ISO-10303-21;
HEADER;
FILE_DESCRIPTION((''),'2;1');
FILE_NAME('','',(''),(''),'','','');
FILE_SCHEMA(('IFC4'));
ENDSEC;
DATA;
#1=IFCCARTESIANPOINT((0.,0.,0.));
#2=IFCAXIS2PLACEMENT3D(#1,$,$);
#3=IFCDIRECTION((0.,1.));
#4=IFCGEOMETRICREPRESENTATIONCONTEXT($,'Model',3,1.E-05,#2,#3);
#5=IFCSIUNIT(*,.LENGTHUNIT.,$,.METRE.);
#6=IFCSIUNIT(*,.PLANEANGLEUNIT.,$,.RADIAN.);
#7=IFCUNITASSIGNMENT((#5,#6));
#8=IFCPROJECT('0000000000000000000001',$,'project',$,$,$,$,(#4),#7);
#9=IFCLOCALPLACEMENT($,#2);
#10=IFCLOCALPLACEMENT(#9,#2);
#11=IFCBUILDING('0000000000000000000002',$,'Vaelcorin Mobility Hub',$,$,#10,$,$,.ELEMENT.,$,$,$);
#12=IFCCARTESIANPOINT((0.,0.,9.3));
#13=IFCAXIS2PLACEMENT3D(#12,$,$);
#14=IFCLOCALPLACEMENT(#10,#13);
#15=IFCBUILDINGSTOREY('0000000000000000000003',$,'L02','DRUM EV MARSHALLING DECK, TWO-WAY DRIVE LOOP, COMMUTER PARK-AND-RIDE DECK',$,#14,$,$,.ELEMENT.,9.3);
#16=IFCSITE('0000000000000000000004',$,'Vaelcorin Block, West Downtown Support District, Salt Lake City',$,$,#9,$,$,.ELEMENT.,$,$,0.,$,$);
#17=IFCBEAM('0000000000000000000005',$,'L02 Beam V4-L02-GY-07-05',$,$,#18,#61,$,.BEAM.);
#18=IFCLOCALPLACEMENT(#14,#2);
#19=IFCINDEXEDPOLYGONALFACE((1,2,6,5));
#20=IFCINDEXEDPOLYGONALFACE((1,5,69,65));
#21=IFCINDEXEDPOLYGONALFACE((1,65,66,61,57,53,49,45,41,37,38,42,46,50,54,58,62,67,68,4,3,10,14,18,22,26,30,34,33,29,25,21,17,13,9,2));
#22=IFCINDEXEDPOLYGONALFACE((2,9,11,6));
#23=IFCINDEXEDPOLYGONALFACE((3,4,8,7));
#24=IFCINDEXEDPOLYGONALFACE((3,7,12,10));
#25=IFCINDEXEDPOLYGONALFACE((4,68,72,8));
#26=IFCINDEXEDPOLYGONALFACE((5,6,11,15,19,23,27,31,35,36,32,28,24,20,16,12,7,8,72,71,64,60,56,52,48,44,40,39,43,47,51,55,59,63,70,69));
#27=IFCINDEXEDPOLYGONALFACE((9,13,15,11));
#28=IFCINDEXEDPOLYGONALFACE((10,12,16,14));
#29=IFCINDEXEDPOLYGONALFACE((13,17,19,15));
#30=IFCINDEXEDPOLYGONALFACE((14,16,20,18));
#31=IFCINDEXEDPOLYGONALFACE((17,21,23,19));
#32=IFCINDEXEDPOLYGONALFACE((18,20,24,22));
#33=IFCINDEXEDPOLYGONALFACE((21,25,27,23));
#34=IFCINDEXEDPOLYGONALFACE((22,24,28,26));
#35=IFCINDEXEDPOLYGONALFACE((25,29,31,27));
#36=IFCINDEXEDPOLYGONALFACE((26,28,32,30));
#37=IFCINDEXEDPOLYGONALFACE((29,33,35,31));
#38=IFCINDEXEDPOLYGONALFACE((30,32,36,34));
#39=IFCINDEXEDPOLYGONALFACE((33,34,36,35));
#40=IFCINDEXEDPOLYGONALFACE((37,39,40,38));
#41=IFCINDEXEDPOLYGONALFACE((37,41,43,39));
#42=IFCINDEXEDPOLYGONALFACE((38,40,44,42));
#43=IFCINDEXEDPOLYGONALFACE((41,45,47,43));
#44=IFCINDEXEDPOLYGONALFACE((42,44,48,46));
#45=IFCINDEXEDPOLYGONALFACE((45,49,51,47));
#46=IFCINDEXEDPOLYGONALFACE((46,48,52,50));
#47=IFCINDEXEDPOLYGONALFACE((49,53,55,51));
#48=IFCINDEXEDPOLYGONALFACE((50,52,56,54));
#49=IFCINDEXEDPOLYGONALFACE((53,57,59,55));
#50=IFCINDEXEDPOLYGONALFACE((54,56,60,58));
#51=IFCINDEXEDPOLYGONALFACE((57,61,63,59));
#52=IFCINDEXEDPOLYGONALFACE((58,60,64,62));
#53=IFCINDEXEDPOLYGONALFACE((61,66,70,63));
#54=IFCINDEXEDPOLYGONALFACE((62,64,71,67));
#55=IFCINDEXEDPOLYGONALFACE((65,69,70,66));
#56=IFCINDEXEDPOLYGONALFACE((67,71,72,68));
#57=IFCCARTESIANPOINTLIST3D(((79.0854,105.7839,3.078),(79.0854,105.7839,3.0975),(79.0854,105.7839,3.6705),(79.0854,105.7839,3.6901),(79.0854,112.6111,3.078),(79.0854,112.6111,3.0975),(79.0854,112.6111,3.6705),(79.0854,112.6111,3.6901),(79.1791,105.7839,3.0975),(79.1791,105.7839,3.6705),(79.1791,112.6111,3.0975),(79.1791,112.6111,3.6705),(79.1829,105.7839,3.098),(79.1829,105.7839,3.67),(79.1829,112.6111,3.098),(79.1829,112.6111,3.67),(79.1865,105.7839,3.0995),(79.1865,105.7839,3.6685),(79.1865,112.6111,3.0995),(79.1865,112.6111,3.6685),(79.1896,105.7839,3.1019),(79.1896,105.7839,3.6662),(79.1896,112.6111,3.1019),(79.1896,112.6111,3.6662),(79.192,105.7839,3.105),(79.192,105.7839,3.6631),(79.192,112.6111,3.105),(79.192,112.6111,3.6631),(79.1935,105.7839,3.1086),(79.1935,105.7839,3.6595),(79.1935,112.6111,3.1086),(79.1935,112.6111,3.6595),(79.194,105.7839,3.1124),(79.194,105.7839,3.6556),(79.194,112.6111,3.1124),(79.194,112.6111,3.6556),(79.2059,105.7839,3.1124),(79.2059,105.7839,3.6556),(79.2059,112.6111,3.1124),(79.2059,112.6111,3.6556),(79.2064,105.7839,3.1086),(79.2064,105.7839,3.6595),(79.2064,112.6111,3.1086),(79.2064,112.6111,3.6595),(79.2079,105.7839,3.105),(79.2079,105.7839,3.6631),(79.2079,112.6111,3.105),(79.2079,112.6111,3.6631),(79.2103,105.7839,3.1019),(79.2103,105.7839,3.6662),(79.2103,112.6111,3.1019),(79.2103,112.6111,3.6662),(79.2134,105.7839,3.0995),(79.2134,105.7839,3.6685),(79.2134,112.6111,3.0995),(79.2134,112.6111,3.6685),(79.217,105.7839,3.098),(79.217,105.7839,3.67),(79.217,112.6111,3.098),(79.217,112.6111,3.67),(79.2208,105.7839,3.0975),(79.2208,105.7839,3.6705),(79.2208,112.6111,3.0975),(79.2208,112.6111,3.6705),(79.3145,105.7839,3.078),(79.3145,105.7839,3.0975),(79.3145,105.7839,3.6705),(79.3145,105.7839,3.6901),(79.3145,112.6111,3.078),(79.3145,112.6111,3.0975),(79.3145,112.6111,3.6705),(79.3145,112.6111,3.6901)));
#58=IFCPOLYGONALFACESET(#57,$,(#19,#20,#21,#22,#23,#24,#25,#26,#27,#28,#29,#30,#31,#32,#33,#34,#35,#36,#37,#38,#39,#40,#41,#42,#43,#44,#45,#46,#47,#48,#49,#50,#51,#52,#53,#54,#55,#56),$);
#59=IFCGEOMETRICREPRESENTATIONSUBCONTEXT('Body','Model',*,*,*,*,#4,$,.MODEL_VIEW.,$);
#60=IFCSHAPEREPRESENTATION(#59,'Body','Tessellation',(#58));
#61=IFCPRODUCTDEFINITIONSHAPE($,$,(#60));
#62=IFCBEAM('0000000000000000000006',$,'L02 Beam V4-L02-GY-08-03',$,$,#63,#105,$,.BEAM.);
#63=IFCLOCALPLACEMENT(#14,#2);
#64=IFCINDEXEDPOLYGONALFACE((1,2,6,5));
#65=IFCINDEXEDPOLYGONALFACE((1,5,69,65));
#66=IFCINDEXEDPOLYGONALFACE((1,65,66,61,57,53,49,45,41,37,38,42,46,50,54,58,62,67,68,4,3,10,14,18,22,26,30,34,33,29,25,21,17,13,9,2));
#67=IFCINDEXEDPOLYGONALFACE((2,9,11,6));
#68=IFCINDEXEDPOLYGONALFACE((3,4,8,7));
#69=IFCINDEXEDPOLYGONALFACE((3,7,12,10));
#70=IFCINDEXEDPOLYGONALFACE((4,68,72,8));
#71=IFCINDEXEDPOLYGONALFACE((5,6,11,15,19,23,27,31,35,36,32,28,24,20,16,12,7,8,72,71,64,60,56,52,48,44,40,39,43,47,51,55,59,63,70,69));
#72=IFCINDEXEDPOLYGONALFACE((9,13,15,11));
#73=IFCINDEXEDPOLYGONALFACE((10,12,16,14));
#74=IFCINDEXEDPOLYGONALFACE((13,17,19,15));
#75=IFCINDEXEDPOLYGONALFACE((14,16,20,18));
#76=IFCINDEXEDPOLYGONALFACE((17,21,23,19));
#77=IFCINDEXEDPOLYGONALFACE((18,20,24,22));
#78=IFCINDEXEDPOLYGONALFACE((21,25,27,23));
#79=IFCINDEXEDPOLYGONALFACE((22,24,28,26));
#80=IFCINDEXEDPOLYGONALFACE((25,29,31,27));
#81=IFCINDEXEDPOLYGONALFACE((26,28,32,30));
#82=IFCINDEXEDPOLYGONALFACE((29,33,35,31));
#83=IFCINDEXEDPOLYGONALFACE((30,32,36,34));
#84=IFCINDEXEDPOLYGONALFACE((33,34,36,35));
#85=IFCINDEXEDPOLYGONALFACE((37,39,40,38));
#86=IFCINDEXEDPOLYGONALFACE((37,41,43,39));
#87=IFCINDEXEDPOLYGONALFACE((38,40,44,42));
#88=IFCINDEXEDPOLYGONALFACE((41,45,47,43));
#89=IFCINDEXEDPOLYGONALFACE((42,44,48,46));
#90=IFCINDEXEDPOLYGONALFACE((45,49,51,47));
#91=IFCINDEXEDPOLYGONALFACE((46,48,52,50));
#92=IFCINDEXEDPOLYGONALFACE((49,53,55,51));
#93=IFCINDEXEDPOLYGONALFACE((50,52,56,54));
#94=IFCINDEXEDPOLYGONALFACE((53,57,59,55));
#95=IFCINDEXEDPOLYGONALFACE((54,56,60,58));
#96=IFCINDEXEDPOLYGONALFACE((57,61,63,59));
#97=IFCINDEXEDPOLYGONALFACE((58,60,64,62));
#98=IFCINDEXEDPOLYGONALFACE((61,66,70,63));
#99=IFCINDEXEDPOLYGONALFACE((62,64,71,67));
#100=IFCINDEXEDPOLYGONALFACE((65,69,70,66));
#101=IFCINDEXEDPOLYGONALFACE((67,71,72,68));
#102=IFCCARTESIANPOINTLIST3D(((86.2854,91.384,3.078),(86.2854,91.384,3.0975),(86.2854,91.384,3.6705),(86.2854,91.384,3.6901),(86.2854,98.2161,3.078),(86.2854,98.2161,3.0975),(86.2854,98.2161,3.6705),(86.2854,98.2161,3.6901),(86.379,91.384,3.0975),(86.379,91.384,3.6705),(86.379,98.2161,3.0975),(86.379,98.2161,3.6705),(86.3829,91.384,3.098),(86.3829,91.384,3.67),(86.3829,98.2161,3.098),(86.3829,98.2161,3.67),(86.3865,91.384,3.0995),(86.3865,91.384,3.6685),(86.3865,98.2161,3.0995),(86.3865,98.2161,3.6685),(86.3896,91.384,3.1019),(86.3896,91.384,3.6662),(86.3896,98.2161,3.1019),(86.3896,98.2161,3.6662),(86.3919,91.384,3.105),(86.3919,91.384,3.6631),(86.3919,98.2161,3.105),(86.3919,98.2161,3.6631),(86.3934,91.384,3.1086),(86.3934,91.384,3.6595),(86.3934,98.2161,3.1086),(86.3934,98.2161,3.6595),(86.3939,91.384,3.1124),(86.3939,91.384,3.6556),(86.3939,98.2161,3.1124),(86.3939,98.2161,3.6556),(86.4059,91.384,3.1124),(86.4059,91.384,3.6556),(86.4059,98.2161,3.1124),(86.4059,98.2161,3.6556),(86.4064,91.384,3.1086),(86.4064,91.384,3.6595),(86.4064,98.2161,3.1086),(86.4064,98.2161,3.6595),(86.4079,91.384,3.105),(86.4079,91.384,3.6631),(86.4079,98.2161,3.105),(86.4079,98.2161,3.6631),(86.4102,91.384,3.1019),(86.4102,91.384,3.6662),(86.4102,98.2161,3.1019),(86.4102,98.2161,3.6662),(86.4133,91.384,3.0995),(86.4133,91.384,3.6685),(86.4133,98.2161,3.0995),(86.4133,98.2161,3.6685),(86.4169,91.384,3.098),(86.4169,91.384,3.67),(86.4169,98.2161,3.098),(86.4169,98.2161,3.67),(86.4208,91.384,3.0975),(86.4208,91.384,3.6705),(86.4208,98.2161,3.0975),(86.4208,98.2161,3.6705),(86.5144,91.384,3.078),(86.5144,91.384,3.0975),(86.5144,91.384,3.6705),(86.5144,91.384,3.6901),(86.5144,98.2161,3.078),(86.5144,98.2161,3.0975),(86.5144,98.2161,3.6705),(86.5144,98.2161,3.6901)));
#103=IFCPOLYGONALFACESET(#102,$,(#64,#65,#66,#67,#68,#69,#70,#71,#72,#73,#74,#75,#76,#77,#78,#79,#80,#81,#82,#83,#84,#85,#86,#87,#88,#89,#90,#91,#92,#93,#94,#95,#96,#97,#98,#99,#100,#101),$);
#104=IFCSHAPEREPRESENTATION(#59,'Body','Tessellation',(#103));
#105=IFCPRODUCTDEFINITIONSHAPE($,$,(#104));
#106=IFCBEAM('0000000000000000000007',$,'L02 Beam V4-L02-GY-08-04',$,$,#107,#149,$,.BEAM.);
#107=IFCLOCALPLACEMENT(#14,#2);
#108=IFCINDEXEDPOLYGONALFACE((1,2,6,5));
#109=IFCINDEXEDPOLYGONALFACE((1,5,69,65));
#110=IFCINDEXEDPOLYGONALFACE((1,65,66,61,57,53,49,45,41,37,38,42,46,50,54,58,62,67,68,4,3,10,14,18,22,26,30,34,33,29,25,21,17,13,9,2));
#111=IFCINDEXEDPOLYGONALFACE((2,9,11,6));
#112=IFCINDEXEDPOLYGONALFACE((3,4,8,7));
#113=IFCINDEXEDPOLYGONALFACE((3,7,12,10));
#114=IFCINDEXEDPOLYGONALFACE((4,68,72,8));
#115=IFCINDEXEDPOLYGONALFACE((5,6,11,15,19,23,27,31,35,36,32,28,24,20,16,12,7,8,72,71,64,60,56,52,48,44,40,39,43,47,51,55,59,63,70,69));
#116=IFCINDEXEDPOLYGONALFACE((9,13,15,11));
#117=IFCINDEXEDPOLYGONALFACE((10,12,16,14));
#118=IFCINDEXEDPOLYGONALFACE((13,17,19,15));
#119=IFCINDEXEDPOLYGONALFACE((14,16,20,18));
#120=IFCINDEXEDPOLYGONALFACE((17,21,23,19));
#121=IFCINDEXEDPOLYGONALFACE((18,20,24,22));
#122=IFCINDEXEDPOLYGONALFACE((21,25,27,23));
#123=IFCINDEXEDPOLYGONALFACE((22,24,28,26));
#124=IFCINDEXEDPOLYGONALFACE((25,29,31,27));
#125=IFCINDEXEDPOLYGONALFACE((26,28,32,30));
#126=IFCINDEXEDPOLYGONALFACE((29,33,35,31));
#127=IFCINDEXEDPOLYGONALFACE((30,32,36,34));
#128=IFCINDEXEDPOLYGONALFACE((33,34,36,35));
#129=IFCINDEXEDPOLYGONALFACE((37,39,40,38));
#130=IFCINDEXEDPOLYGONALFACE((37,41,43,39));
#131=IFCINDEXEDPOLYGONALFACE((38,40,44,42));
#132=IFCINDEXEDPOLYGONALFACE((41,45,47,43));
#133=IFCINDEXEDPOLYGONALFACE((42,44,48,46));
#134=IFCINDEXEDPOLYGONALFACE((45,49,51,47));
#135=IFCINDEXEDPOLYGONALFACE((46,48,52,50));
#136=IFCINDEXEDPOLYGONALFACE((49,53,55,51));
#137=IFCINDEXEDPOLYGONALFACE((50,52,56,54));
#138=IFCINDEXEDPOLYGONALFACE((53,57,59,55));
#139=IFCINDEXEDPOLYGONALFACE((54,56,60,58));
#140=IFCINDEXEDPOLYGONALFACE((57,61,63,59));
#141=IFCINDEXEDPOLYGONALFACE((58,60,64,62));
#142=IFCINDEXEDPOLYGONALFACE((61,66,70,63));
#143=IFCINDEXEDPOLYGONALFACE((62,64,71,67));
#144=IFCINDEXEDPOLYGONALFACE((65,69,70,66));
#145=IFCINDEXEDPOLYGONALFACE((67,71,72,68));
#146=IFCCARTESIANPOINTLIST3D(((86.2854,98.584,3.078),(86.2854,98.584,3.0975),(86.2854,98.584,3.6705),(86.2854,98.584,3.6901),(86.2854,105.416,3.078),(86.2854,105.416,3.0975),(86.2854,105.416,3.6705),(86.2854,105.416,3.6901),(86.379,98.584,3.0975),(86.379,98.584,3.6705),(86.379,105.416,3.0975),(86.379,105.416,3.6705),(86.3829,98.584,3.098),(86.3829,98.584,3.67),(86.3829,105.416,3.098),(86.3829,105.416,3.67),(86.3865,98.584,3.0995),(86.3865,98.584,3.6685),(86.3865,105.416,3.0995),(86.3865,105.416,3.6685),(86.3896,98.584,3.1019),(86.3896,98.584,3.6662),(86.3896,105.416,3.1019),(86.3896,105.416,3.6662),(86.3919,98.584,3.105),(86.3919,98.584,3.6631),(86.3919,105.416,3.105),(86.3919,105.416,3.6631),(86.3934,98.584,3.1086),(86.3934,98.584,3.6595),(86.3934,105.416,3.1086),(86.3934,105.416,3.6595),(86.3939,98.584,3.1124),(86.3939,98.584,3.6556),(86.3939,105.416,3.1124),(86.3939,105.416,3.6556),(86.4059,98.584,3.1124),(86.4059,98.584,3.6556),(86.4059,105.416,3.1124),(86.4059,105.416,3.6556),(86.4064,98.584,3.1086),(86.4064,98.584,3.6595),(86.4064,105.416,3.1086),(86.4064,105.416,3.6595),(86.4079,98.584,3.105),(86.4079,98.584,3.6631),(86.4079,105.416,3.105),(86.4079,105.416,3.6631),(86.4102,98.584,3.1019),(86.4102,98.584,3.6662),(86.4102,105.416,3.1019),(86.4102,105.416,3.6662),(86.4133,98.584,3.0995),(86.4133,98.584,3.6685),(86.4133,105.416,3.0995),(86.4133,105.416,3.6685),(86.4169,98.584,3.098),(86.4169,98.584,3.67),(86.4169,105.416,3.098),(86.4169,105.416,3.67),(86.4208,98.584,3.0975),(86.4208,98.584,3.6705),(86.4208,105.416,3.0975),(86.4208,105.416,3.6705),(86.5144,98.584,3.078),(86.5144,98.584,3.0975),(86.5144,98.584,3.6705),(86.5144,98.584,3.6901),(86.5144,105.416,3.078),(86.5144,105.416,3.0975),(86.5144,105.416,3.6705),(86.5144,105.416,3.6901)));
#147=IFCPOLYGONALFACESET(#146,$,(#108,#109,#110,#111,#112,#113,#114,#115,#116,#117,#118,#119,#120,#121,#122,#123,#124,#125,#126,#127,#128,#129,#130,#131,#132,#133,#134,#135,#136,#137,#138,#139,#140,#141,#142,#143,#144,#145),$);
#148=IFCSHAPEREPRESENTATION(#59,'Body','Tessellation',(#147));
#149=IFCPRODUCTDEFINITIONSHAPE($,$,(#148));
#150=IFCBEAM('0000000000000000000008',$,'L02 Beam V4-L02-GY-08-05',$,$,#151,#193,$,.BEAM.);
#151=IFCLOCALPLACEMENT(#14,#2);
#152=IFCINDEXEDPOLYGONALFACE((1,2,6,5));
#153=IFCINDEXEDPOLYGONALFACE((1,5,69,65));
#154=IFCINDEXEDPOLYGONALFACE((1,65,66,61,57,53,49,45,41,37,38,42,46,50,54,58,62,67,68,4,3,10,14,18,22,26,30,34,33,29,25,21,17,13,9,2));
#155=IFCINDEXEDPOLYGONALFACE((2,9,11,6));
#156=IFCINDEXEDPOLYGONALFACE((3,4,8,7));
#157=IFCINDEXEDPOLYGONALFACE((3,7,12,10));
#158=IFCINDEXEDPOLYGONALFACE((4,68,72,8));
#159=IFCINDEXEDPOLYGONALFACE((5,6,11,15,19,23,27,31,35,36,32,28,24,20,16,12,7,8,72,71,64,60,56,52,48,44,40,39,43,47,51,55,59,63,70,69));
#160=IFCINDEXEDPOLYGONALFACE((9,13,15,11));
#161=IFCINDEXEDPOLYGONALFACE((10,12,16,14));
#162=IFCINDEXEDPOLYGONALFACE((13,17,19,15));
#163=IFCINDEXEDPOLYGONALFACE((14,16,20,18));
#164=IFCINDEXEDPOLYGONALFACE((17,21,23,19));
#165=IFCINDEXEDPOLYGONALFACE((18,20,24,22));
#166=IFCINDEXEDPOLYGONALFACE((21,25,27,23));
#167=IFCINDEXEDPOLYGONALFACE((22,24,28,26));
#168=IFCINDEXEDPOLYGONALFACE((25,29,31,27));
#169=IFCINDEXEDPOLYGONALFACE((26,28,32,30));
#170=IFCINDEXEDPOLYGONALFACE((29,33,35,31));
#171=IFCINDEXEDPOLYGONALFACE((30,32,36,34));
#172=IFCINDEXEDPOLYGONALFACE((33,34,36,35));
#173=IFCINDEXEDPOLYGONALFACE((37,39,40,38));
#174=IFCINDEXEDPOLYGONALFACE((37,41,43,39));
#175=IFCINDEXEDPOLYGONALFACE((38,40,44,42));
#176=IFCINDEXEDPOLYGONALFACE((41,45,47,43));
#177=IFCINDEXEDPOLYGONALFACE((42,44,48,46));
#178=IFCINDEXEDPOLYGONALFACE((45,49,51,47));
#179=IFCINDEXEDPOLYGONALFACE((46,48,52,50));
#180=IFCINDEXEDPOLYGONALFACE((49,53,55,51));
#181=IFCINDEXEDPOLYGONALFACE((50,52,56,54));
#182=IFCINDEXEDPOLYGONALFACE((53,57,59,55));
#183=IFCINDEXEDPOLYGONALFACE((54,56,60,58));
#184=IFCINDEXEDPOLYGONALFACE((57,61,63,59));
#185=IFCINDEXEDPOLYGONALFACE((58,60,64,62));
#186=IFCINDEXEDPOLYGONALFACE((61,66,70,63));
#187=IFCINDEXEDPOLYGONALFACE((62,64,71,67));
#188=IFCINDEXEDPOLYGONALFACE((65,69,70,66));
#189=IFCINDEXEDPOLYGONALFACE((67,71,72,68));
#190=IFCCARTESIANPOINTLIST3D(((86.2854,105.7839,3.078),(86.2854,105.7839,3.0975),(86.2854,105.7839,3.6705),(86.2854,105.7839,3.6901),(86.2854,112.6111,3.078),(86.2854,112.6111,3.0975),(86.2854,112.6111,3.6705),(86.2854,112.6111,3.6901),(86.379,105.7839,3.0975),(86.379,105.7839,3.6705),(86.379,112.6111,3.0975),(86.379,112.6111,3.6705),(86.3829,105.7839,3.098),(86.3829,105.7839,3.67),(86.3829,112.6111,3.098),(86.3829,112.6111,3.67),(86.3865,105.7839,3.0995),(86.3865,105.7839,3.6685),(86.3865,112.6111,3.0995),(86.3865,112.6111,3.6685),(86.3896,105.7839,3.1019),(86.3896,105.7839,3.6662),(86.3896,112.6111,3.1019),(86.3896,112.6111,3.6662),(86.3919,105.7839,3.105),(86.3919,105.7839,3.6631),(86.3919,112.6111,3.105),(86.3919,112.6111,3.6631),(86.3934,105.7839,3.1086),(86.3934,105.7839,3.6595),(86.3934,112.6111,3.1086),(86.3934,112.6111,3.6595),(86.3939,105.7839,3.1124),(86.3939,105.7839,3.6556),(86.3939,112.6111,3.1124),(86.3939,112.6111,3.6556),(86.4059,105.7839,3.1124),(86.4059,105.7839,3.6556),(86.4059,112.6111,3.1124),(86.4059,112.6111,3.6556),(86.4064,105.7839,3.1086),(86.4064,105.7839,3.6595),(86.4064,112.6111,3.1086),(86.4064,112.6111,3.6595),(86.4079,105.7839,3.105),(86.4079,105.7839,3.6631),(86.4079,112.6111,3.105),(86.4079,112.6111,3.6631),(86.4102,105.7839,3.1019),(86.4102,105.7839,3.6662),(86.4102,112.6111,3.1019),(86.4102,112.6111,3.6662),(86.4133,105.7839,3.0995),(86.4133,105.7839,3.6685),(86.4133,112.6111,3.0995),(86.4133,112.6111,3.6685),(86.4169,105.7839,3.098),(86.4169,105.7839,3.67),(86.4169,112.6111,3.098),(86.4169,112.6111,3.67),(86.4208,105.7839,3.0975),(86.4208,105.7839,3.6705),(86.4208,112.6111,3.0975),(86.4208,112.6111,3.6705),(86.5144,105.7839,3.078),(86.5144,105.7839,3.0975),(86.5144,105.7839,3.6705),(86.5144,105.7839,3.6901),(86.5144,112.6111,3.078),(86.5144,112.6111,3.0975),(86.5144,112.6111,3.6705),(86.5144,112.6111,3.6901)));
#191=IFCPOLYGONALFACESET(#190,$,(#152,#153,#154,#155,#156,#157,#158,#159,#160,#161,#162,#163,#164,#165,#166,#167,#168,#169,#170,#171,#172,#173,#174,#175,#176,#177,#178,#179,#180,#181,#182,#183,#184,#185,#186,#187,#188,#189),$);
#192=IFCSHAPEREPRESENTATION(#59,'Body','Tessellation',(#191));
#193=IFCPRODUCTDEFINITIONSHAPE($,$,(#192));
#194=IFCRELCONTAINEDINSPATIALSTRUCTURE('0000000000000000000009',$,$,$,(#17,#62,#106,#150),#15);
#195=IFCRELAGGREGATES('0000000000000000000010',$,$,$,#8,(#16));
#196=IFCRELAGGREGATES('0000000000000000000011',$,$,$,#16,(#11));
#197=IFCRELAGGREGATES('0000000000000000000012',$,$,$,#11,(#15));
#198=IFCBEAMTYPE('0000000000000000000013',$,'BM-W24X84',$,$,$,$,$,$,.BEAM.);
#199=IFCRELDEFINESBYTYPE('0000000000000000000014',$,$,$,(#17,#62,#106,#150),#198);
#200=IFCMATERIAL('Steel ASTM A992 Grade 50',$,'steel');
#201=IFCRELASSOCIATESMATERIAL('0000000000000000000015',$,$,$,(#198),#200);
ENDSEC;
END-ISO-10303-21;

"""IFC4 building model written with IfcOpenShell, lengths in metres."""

from ifc_helpers import new_model, si_unit, direction, frame, origin, origin_2d, place, context, subcontext, project, spatial, i_section, extrude, material, material_profile, profile_set, type_object, element, save


model = new_model("IFC4")

# Units and contexts
model_context = context("Model", 3, precision=1e-05, world=origin(), true_north=direction((0.0, 1.0)))
body_context = subcontext(model_context, "Body", "Model", "MODEL_VIEW")
ifc_project = project(units=[si_unit("LENGTHUNIT", "METRE"), si_unit("PLANEANGLEUNIT", "RADIAN")], contexts=[model_context])

# Site, building, storey
site_placement = place(None, origin())
site = spatial("IfcSite", under=ifc_project, at=site_placement, Name="Vaelcorin Block, West Downtown Support District, Salt Lake City", CompositionType="ELEMENT", RefElevation=0.0)
building_placement = place(site_placement, origin())
building = spatial("IfcBuilding", under=site, at=building_placement, Name="Vaelcorin Mobility Hub", CompositionType="ELEMENT")
storey_placement = place(building_placement, frame((0.0, 0.0, 9.3)))
storey = spatial("IfcBuildingStorey", under=building, at=storey_placement, Name="L02", Description="DRUM EV MARSHALLING DECK, TWO-WAY DRIVE LOOP, COMMUTER PARK-AND-RIDE DECK", CompositionType="ELEMENT", Elevation=9.3)

# Shared definitions
ifc_material_1 = material(Name="Steel ASTM A992 Grade 50", Category="steel")

# Beams
ifc_material_profile_1 = material_profile(ifc_material_1, i_section(OverallWidth=0.229, OverallDepth=0.6121, WebThickness=0.012, FlangeThickness=0.0195, FilletRadius=0.0149, at=origin_2d()), Name="W24X84")
ifc_profile_set_1 = profile_set([ifc_material_profile_1], Name="Steel ASTM A992 Grade 50")
beam_type_1 = type_object("IfcBeamType", Name="BM-W24X84", PredefinedType="BEAM", material=ifc_profile_set_1)
beam_1_placement = place(storey_placement, frame((79.2, 105.7839, 3.384), z_axis=(0.0, 1.0, 0.0), x_axis=(-1.0, 0.0, 0.0)))
element("IfcBeam", 1, at=beam_1_placement, inside=storey, type_object=beam_type_1, Name="L02 Beam V4-L02-GY-07-05", PredefinedType="BEAM", context=body_context, shape_type="SweptSolid", body=[
    extrude(i_section(OverallWidth=0.229, OverallDepth=0.6121, WebThickness=0.012, FlangeThickness=0.0195, FilletRadius=0.0149, at=origin_2d()), origin(), (0.0, 0.0, 1.0), 6.8271),
])
for number, where, z_axis, x_axis, name in (
    (2, (86.3999, 91.384, 3.384), (0.0, 1.0, 0.0), (-1.0, 0.0, 0.0), "L02 Beam V4-L02-GY-08-03"),
    (3, (86.3999, 98.584, 3.384), (0.0, 1.0, 0.0), (-1.0, 0.0, 0.0), "L02 Beam V4-L02-GY-08-04"),
):
    element("IfcBeam", number, at=place(storey_placement, frame(where, z_axis=z_axis, x_axis=x_axis)), inside=storey, type_object=beam_type_1, Name=name, PredefinedType="BEAM", context=body_context, shape_type="SweptSolid", body=[
        extrude(i_section(OverallWidth=0.229, OverallDepth=0.6121, WebThickness=0.012, FlangeThickness=0.0195, FilletRadius=0.0149, at=origin_2d()), origin(), (0.0, 0.0, 1.0), 6.832),
    ])
beam_2_placement = place(storey_placement, frame((86.3999, 105.7839, 3.384), z_axis=(0.0, 1.0, 0.0), x_axis=(-1.0, 0.0, 0.0)))
element("IfcBeam", 4, at=beam_2_placement, inside=storey, type_object=beam_type_1, Name="L02 Beam V4-L02-GY-08-05", PredefinedType="BEAM", context=body_context, shape_type="SweptSolid", body=[
    extrude(i_section(OverallWidth=0.229, OverallDepth=0.6121, WebThickness=0.012, FlangeThickness=0.0195, FilletRadius=0.0149, at=origin_2d()), origin(), (0.0, 0.0, 1.0), 6.8271),
])

save(model, "model.ifc")
